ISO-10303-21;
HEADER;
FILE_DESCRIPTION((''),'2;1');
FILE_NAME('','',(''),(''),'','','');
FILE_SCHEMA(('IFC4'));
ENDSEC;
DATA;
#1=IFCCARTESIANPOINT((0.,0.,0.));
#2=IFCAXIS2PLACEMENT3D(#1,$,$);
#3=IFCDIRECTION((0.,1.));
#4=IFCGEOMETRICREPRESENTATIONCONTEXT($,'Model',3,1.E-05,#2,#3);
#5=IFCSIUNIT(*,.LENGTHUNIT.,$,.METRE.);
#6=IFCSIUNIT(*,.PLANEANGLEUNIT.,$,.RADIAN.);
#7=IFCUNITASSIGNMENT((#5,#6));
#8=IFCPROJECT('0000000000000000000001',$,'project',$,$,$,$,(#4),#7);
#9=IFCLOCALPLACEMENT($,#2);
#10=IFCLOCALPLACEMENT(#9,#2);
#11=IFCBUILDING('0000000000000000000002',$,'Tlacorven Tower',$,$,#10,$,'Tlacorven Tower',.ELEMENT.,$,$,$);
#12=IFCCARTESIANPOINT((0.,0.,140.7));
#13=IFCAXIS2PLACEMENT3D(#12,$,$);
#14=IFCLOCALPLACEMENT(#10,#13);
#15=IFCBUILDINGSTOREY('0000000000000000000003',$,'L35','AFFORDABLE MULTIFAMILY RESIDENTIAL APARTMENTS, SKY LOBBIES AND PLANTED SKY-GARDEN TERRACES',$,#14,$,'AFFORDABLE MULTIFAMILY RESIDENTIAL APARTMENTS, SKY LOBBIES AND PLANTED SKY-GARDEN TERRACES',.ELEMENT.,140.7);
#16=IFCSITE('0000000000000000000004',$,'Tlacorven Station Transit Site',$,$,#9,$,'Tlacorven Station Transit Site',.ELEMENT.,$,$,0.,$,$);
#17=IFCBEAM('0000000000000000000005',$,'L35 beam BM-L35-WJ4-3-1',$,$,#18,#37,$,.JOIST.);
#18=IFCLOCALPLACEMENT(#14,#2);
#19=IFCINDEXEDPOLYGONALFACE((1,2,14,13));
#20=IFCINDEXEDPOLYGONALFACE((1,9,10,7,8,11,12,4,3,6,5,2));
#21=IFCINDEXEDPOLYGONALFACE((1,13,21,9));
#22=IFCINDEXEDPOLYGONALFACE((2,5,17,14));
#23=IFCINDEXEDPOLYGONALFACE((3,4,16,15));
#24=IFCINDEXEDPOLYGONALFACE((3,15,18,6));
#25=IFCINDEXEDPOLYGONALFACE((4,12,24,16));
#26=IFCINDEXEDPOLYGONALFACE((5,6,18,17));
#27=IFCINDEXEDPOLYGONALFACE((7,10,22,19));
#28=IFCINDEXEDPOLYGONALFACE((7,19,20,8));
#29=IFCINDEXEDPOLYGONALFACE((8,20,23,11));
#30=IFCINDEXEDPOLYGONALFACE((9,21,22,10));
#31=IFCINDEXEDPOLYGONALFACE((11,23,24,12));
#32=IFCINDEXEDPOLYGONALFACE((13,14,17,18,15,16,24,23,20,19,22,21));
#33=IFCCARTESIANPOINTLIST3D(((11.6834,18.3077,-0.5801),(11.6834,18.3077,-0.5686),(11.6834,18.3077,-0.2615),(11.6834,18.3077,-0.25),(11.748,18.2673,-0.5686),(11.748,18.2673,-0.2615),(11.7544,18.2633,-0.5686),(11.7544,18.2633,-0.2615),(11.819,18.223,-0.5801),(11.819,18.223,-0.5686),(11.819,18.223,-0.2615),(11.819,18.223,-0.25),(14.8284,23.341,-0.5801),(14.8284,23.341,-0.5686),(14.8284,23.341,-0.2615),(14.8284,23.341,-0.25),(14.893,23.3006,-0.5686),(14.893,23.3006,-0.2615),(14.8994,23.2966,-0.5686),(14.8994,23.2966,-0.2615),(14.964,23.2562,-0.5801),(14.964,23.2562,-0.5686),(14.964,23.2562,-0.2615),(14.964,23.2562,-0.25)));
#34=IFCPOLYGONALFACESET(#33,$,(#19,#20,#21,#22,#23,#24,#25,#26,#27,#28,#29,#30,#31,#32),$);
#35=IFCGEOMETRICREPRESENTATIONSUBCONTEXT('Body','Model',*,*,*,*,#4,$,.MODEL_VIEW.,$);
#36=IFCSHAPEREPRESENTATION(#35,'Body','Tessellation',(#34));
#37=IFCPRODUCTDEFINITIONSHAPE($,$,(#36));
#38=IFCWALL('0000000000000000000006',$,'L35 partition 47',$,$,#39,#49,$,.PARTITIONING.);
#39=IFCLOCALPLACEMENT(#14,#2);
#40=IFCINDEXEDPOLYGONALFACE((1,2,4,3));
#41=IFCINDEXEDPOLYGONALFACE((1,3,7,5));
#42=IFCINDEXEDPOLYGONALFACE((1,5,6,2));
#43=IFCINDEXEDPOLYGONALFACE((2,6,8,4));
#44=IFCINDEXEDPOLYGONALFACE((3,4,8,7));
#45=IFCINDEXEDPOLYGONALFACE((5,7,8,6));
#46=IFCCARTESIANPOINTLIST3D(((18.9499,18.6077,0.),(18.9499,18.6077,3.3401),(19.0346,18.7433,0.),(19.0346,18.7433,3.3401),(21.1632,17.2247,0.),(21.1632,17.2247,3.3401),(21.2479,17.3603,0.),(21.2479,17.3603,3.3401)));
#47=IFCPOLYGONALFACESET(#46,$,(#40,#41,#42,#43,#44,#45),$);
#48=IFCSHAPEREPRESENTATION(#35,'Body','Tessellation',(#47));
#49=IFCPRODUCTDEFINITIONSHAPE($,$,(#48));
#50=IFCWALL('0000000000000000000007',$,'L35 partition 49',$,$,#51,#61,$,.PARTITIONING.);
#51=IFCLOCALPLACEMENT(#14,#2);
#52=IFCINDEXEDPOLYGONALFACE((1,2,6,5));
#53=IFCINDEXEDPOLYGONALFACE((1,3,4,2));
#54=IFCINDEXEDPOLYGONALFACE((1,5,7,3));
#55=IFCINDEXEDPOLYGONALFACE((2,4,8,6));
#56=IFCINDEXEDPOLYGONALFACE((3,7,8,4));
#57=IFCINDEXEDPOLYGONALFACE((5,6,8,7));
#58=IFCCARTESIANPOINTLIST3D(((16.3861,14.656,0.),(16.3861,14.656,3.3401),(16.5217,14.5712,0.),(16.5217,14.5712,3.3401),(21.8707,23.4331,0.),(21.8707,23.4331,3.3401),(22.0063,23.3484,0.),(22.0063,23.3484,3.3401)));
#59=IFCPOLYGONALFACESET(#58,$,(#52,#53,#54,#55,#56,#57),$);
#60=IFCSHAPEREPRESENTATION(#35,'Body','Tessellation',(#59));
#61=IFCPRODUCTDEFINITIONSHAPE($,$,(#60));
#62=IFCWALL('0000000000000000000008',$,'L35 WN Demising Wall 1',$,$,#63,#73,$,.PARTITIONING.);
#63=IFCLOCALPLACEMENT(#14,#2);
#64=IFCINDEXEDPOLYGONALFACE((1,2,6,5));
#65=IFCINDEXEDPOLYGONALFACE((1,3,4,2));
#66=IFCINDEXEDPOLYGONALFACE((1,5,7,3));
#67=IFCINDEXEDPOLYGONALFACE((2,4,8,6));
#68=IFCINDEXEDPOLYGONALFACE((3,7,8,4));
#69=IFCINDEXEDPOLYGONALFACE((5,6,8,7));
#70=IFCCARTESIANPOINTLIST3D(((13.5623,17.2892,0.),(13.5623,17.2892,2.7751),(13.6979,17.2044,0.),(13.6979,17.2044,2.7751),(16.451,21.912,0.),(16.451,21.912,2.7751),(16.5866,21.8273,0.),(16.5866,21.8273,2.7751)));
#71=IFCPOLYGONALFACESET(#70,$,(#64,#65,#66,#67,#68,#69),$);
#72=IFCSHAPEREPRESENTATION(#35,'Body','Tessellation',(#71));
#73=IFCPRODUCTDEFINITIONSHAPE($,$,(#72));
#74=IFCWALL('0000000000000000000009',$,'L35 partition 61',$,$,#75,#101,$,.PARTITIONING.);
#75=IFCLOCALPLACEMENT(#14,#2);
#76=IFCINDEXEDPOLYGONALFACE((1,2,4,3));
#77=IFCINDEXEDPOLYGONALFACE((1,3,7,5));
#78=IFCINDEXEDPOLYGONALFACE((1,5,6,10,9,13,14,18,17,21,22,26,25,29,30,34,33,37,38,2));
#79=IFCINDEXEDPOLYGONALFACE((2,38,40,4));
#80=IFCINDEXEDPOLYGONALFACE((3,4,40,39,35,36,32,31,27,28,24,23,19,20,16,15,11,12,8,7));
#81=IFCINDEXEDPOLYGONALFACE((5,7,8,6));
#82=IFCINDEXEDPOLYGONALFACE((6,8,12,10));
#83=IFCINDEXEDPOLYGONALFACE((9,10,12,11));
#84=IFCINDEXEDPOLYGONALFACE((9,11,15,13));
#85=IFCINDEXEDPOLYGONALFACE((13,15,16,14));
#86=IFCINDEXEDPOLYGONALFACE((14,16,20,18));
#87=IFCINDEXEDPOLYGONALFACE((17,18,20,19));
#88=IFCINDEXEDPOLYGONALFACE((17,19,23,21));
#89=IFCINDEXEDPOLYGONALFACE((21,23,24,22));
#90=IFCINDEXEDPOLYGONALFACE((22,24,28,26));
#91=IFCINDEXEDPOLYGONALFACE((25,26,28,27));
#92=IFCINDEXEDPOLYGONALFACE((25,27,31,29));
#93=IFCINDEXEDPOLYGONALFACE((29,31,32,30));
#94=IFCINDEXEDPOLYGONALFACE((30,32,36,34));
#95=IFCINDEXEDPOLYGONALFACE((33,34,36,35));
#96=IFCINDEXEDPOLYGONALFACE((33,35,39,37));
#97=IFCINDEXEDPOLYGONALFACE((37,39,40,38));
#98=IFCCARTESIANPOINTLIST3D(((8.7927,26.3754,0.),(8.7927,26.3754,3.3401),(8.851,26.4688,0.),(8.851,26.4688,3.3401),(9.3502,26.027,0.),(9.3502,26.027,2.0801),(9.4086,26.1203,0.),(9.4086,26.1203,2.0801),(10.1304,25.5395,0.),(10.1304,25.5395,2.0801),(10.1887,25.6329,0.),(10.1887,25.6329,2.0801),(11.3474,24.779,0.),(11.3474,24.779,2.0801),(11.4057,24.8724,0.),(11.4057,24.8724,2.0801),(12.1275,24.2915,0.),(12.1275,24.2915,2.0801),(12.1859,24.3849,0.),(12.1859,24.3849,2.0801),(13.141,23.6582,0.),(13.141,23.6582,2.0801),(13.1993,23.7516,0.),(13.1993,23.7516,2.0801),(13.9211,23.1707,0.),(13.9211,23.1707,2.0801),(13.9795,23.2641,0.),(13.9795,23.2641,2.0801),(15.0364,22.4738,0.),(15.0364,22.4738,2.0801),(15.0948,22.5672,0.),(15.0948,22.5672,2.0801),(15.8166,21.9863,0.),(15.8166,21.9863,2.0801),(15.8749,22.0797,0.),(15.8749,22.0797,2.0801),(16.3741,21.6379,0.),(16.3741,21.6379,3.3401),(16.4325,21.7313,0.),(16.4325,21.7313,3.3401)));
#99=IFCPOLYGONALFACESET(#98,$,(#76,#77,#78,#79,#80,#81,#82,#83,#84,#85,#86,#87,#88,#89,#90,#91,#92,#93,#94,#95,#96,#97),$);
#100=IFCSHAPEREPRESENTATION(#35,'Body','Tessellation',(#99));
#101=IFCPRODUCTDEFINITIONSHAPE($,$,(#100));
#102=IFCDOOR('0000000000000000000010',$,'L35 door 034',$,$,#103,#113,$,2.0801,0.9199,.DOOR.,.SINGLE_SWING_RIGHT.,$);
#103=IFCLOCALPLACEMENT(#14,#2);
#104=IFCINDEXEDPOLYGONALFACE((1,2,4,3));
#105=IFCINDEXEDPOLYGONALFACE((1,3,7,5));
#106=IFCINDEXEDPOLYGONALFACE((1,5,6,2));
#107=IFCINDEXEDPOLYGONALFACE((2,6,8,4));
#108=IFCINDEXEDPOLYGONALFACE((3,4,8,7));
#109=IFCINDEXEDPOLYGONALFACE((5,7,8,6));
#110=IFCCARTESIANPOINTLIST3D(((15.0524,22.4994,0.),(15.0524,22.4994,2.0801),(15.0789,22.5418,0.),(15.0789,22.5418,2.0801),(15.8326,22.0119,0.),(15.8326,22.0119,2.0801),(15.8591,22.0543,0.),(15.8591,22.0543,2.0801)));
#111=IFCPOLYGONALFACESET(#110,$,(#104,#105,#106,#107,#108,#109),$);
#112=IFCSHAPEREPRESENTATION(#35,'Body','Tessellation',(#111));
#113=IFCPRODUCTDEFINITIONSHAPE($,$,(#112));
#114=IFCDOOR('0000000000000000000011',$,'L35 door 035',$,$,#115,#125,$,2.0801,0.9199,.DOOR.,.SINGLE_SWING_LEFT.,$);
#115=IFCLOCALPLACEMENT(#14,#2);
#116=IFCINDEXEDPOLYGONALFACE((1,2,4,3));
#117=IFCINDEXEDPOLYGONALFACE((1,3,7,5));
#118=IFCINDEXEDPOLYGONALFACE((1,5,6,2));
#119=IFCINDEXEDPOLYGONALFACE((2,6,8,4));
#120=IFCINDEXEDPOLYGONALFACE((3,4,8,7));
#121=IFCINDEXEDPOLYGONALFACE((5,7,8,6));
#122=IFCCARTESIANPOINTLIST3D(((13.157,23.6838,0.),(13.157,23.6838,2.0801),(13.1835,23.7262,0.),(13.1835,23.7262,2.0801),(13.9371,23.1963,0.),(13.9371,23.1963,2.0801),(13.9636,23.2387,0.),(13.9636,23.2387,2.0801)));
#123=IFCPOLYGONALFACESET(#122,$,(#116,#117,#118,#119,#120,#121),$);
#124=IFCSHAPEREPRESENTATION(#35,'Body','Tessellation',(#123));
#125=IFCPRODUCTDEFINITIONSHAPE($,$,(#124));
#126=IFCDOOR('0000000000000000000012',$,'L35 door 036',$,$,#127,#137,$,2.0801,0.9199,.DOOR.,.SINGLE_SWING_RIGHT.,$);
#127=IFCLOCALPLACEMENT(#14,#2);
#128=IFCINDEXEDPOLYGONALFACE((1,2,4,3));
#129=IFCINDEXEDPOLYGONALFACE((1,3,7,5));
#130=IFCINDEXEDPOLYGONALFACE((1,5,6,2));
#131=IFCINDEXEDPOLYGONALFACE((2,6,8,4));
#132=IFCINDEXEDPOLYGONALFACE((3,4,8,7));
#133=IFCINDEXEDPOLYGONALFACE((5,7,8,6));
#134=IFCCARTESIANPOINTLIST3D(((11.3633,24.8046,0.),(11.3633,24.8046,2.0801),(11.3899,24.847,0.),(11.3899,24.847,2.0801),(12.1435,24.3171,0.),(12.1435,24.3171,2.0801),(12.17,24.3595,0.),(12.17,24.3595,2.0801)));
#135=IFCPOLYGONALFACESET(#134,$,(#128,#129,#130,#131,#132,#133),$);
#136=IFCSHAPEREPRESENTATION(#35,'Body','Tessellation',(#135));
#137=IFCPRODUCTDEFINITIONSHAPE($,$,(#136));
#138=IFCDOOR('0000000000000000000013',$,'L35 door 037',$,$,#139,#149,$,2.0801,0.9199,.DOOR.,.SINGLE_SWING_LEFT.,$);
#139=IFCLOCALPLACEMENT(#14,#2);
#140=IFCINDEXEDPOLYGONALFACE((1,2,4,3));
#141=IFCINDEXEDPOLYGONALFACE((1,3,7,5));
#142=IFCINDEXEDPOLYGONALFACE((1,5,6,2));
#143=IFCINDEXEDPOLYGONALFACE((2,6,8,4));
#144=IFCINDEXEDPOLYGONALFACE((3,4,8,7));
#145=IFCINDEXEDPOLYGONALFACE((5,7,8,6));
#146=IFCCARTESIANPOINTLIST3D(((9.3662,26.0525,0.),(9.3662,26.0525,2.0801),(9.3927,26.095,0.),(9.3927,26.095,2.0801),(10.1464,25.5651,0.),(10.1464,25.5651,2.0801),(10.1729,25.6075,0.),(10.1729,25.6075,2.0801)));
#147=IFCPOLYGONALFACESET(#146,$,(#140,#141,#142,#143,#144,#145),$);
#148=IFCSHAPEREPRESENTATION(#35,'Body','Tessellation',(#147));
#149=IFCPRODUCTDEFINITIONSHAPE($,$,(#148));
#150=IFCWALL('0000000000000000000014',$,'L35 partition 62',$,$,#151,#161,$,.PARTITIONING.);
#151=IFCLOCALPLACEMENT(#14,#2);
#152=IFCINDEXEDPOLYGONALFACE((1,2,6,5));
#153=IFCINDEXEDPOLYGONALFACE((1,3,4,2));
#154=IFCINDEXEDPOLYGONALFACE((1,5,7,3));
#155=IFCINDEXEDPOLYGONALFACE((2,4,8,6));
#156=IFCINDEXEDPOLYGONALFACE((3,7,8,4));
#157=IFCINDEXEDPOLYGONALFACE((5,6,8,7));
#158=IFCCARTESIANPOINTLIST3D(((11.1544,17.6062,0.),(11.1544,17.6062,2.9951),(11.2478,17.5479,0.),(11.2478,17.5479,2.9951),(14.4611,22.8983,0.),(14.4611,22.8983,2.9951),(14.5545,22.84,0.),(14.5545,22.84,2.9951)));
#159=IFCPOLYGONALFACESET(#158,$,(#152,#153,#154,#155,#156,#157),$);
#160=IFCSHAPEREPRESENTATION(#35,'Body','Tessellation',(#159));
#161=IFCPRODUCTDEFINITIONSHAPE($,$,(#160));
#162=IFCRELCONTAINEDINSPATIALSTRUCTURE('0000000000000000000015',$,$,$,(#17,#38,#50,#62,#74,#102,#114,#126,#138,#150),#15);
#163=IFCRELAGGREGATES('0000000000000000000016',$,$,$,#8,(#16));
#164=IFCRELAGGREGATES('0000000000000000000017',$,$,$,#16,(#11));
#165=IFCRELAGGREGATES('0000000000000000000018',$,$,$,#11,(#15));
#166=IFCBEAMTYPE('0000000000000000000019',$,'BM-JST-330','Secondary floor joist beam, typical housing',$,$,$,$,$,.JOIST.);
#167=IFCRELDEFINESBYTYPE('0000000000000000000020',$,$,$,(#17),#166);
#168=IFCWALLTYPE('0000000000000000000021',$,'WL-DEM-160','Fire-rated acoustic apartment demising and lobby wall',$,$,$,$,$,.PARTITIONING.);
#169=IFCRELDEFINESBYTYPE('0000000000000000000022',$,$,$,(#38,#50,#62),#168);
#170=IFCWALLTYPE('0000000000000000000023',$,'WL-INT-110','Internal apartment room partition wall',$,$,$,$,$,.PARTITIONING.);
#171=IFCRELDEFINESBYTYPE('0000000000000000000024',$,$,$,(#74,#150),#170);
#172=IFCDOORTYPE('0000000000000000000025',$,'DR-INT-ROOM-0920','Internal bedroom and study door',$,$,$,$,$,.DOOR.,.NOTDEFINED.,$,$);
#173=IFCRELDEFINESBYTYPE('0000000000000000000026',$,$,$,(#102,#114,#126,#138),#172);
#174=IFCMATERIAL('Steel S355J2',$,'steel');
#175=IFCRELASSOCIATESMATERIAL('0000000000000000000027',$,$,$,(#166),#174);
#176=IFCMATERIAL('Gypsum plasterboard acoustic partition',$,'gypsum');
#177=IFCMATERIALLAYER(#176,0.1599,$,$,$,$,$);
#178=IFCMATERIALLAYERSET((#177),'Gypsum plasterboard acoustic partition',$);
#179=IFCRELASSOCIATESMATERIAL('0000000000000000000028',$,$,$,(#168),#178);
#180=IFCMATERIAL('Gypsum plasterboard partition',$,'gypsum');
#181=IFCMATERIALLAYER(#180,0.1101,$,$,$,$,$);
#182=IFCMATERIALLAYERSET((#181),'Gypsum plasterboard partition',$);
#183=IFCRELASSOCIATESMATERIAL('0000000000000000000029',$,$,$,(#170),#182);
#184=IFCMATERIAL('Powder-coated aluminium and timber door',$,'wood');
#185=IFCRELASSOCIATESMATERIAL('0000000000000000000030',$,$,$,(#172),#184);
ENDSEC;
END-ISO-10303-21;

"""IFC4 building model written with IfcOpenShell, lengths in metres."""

from ifc_helpers import new_model, si_unit, direction, frame, frame_2d, origin, origin_2d, place, context, subcontext, project, spatial, rectangle, i_section, extrude, source, transform, mapped, material, layer, layer_set, material_profile, profile_set, type_object, element, fill, save


model = new_model("IFC4")

# Units and contexts
model_context = context("Model", 3, precision=1e-05, world=origin(), true_north=direction((0.0, 1.0)))
body_context = subcontext(model_context, "Body", "Model", "MODEL_VIEW")
ifc_project = project(units=[si_unit("LENGTHUNIT", "METRE"), si_unit("PLANEANGLEUNIT", "RADIAN")], contexts=[model_context])

# Site, building, storey
site_placement = place(None, origin())
site = spatial("IfcSite", under=ifc_project, at=site_placement, Name="Tlacorven Station Transit Site", LongName="Tlacorven Station Transit Site", CompositionType="ELEMENT", RefElevation=0.0)
building_placement = place(site_placement, origin())
building = spatial("IfcBuilding", under=site, at=building_placement, Name="Tlacorven Tower", LongName="Tlacorven Tower", CompositionType="ELEMENT")
storey_placement = place(building_placement, frame((0.0, 0.0, 140.7)))
storey = spatial("IfcBuildingStorey", under=building, at=storey_placement, Name="L35", Description="AFFORDABLE MULTIFAMILY RESIDENTIAL APARTMENTS, SKY LOBBIES AND PLANTED SKY-GARDEN TERRACES", LongName="AFFORDABLE MULTIFAMILY RESIDENTIAL APARTMENTS, SKY LOBBIES AND PLANTED SKY-GARDEN TERRACES", CompositionType="ELEMENT", Elevation=140.7)

# Beam
ifc_material_1 = material(Name="Steel S355J2", Category="steel")
ifc_material_profile_1 = material_profile(ifc_material_1, i_section(OverallWidth=0.1599, OverallDepth=0.3301, WebThickness=0.0076, FlangeThickness=0.0115, at=origin_2d()), Name="IPE 330")
ifc_profile_set_1 = profile_set([ifc_material_profile_1], Name="Steel S355J2")
beam_type_1 = type_object("IfcBeamType", Name="BM-JST-330", Description="Secondary floor joist beam, typical housing", PredefinedType="JOIST", material=ifc_profile_set_1)
shared_shape_1 = source(origin(), body_context, "Body", "SweptSolid", [
    extrude(i_section(OverallWidth=0.1599, OverallDepth=0.3301, WebThickness=0.0076, FlangeThickness=0.0115, at=origin_2d()), origin(), (0.0, 0.0, 1.0), 5.9351),
])
for number, where, z_axis, x_axis, name in (
    (1, (14.8962, 23.2986, -0.415), (-0.52991, -0.848054, 0.0), (0.848054, -0.52991, 0.0), "L35 beam BM-L35-WJ4-3-1"),
):
    element("IfcBeam", number, at=place(storey_placement, frame(where, z_axis=z_axis, x_axis=x_axis)), inside=storey, type_object=beam_type_1, Name=name, PredefinedType="JOIST", context=body_context, shape_type="MappedRepresentation", body=[
        mapped(shared_shape_1, transform((0.0, 0.0, 0.0), scale=1.0)),
    ])

# Walls
ifc_material_2 = material(Name="Gypsum plasterboard acoustic partition", Category="gypsum")
ifc_layer_1 = layer(ifc_material_2, 0.1599)
ifc_layer_set_1 = layer_set([ifc_layer_1], Name="Gypsum plasterboard acoustic partition")
wall_type_1 = type_object("IfcWallType", Name="WL-DEM-160", Description="Fire-rated acoustic apartment demising and lobby wall", PredefinedType="PARTITIONING", material=ifc_layer_set_1)
wall_1_placement = place(storey_placement, frame((21.2056, 17.2925, 0.0), z_axis=(0.0, 0.0, 1.0), x_axis=(-0.848051, 0.529915, 0.0)))
element("IfcWall", 2, at=wall_1_placement, inside=storey, type_object=wall_type_1, Name="L35 partition 47", PredefinedType="PARTITIONING", context=body_context, shape_type="SweptSolid", body=[
    extrude(rectangle(XDim=2.6099, YDim=0.1599, at=frame_2d((1.3049, 0.0))), origin(), (0.0, 0.0, 1.0), 3.3401),
])
wall_2_placement = place(storey_placement, frame((21.9385, 23.3906, 0.0), z_axis=(0.0, 0.0, 1.0), x_axis=(-0.529925, -0.848045, 0.0)))
element("IfcWall", 3, at=wall_2_placement, inside=storey, type_object=wall_type_1, Name="L35 partition 49", PredefinedType="PARTITIONING", context=body_context, shape_type="SweptSolid", body=[
    extrude(rectangle(XDim=10.3499, YDim=0.1599, at=frame_2d((5.1748, 0.0))), origin(), (0.0, 0.0, 1.0), 3.3401),
])
wall_3_placement = place(storey_placement, frame((16.5188, 21.8696, 0.0), z_axis=(0.0, 0.0, 1.0), x_axis=(-0.529922, -0.848046, 0.0)))
element("IfcWall", 4, at=wall_3_placement, inside=storey, type_object=wall_type_1, Name="L35 WN Demising Wall 1", PredefinedType="PARTITIONING", context=body_context, shape_type="SweptSolid", body=[
    extrude(rectangle(XDim=5.4512, YDim=0.1599, at=frame_2d((2.7256, 0.0))), origin(), (0.0, 0.0, 1.0), 2.7751),
])

# Wall, openings, doors
ifc_material_3 = material(Name="Gypsum plasterboard partition", Category="gypsum")
ifc_layer_2 = layer(ifc_material_3, 0.1101)
ifc_layer_set_2 = layer_set([ifc_layer_2], Name="Gypsum plasterboard partition")
wall_type_2 = type_object("IfcWallType", Name="WL-INT-110", Description="Internal apartment room partition wall", PredefinedType="PARTITIONING", material=ifc_layer_set_2)
wall_4_placement = place(storey_placement, frame((16.4033, 21.6846, 0.0), z_axis=(0.0, 0.0, 1.0), x_axis=(-0.848044, 0.529925, 0.0)))
wall_4 = element("IfcWall", 5, at=wall_4_placement, inside=storey, type_object=wall_type_2, Name="L35 partition 61", PredefinedType="PARTITIONING", context=body_context, shape_type="SweptSolid", body=[
    extrude(rectangle(XDim=8.9399, YDim=0.1101, at=frame_2d((4.47, 0.0))), origin(), (0.0, 0.0, 1.0), 3.3401),
])
opening_1_placement = place(wall_4_placement, frame((0.6575, 0.0, 0.0)))
opening_1 = element("IfcOpeningElement", 6, at=opening_1_placement, cuts=wall_4, PredefinedType="OPENING", context=body_context, shape_type="SweptSolid", body=[
    extrude(rectangle(XDim=0.9199, YDim=2.0801, at=frame_2d((0.46, 1.04))), frame((0.0, 0.0649, 0.0), z_axis=(0.0, -1.0, 0.0), x_axis=(1.0, 0.0, 0.0)), (0.0, 0.0, 1.0), 0.1301),
])
opening_2_placement = place(wall_4_placement, frame((2.8926, 0.0, 0.0)))
opening_2 = element("IfcOpeningElement", 7, at=opening_2_placement, cuts=wall_4, PredefinedType="OPENING", context=body_context, shape_type="SweptSolid", body=[
    extrude(rectangle(XDim=0.9199, YDim=2.0801, at=frame_2d((0.46, 1.04))), frame((0.0, 0.0649, 0.0), z_axis=(0.0, -1.0, 0.0), x_axis=(1.0, 0.0, 0.0)), (0.0, 0.0, 1.0), 0.1301),
])
opening_3_placement = place(wall_4_placement, frame((5.0076, 0.0, 0.0)))
opening_3 = element("IfcOpeningElement", 8, at=opening_3_placement, cuts=wall_4, PredefinedType="OPENING", context=body_context, shape_type="SweptSolid", body=[
    extrude(rectangle(XDim=0.9199, YDim=2.0801, at=frame_2d((0.46, 1.04))), frame((0.0, 0.0649, 0.0), z_axis=(0.0, -1.0, 0.0), x_axis=(1.0, 0.0, 0.0)), (0.0, 0.0, 1.0), 0.1301),
])
opening_4_placement = place(wall_4_placement, frame((7.3625, 0.0, 0.0)))
opening_4 = element("IfcOpeningElement", 9, at=opening_4_placement, cuts=wall_4, PredefinedType="OPENING", context=body_context, shape_type="SweptSolid", body=[
    extrude(rectangle(XDim=0.9199, YDim=2.0801, at=frame_2d((0.46, 1.04))), frame((0.0, 0.0649, 0.0), z_axis=(0.0, -1.0, 0.0), x_axis=(1.0, 0.0, 0.0)), (0.0, 0.0, 1.0), 0.1301),
])
ifc_material_4 = material(Name="Powder-coated aluminium and timber door", Category="wood")
door_type_1 = type_object("IfcDoorType", Name="DR-INT-ROOM-0920", Description="Internal bedroom and study door", OperationType="NOTDEFINED", PredefinedType="DOOR", material=ifc_material_4)
shared_shape_2 = source(origin(), body_context, "Body", "SweptSolid", [
    extrude(rectangle(XDim=0.9199, YDim=2.0801, at=frame_2d((0.46, 1.04))), frame((0.0, 0.0249, 0.0), z_axis=(0.0, -1.0, 0.0), x_axis=(1.0, 0.0, 0.0)), (0.0, 0.0, 1.0), 0.05),
])
door_1_placement = place(opening_1_placement, origin())
door_1 = element("IfcDoor", 10, at=door_1_placement, inside=storey, type_object=door_type_1, Name="L35 door 034", OperationType="SINGLE_SWING_RIGHT", OverallHeight=2.0801, OverallWidth=0.9199, PredefinedType="DOOR", context=body_context, shape_type="MappedRepresentation", body=[
    mapped(shared_shape_2, transform((0.0, 0.0, 0.0), scale=1.0)),
])
fill(opening_1, door_1)
door_2_placement = place(opening_2_placement, origin())
door_2 = element("IfcDoor", 11, at=door_2_placement, inside=storey, type_object=door_type_1, Name="L35 door 035", OperationType="SINGLE_SWING_LEFT", OverallHeight=2.0801, OverallWidth=0.9199, PredefinedType="DOOR", context=body_context, shape_type="MappedRepresentation", body=[
    mapped(shared_shape_2, transform((0.0, 0.0, 0.0), scale=1.0)),
])
fill(opening_2, door_2)
door_3_placement = place(opening_3_placement, origin())
door_3 = element("IfcDoor", 12, at=door_3_placement, inside=storey, type_object=door_type_1, Name="L35 door 036", OperationType="SINGLE_SWING_RIGHT", OverallHeight=2.0801, OverallWidth=0.9199, PredefinedType="DOOR", context=body_context, shape_type="MappedRepresentation", body=[
    mapped(shared_shape_2, transform((0.0, 0.0, 0.0), scale=1.0)),
])
fill(opening_3, door_3)
door_4_placement = place(opening_4_placement, origin())
door_4 = element("IfcDoor", 13, at=door_4_placement, inside=storey, type_object=door_type_1, Name="L35 door 037", OperationType="SINGLE_SWING_LEFT", OverallHeight=2.0801, OverallWidth=0.9199, PredefinedType="DOOR", context=body_context, shape_type="MappedRepresentation", body=[
    mapped(shared_shape_2, transform((0.0, 0.0, 0.0), scale=1.0)),
])
fill(opening_4, door_4)

# Wall
wall_5_placement = place(storey_placement, frame((14.5078, 22.8691, 0.0), z_axis=(0.0, 0.0, 1.0), x_axis=(-0.5299, -0.84806, 0.0)))
element("IfcWall", 14, at=wall_5_placement, inside=storey, type_object=wall_type_2, Name="L35 partition 62", PredefinedType="PARTITIONING", context=body_context, shape_type="SweptSolid", body=[
    extrude(rectangle(XDim=6.2402, YDim=0.1101, at=frame_2d((3.1201, 0.0))), origin(), (0.0, 0.0, 1.0), 2.9951),
])

save(model, "model.ifc")
